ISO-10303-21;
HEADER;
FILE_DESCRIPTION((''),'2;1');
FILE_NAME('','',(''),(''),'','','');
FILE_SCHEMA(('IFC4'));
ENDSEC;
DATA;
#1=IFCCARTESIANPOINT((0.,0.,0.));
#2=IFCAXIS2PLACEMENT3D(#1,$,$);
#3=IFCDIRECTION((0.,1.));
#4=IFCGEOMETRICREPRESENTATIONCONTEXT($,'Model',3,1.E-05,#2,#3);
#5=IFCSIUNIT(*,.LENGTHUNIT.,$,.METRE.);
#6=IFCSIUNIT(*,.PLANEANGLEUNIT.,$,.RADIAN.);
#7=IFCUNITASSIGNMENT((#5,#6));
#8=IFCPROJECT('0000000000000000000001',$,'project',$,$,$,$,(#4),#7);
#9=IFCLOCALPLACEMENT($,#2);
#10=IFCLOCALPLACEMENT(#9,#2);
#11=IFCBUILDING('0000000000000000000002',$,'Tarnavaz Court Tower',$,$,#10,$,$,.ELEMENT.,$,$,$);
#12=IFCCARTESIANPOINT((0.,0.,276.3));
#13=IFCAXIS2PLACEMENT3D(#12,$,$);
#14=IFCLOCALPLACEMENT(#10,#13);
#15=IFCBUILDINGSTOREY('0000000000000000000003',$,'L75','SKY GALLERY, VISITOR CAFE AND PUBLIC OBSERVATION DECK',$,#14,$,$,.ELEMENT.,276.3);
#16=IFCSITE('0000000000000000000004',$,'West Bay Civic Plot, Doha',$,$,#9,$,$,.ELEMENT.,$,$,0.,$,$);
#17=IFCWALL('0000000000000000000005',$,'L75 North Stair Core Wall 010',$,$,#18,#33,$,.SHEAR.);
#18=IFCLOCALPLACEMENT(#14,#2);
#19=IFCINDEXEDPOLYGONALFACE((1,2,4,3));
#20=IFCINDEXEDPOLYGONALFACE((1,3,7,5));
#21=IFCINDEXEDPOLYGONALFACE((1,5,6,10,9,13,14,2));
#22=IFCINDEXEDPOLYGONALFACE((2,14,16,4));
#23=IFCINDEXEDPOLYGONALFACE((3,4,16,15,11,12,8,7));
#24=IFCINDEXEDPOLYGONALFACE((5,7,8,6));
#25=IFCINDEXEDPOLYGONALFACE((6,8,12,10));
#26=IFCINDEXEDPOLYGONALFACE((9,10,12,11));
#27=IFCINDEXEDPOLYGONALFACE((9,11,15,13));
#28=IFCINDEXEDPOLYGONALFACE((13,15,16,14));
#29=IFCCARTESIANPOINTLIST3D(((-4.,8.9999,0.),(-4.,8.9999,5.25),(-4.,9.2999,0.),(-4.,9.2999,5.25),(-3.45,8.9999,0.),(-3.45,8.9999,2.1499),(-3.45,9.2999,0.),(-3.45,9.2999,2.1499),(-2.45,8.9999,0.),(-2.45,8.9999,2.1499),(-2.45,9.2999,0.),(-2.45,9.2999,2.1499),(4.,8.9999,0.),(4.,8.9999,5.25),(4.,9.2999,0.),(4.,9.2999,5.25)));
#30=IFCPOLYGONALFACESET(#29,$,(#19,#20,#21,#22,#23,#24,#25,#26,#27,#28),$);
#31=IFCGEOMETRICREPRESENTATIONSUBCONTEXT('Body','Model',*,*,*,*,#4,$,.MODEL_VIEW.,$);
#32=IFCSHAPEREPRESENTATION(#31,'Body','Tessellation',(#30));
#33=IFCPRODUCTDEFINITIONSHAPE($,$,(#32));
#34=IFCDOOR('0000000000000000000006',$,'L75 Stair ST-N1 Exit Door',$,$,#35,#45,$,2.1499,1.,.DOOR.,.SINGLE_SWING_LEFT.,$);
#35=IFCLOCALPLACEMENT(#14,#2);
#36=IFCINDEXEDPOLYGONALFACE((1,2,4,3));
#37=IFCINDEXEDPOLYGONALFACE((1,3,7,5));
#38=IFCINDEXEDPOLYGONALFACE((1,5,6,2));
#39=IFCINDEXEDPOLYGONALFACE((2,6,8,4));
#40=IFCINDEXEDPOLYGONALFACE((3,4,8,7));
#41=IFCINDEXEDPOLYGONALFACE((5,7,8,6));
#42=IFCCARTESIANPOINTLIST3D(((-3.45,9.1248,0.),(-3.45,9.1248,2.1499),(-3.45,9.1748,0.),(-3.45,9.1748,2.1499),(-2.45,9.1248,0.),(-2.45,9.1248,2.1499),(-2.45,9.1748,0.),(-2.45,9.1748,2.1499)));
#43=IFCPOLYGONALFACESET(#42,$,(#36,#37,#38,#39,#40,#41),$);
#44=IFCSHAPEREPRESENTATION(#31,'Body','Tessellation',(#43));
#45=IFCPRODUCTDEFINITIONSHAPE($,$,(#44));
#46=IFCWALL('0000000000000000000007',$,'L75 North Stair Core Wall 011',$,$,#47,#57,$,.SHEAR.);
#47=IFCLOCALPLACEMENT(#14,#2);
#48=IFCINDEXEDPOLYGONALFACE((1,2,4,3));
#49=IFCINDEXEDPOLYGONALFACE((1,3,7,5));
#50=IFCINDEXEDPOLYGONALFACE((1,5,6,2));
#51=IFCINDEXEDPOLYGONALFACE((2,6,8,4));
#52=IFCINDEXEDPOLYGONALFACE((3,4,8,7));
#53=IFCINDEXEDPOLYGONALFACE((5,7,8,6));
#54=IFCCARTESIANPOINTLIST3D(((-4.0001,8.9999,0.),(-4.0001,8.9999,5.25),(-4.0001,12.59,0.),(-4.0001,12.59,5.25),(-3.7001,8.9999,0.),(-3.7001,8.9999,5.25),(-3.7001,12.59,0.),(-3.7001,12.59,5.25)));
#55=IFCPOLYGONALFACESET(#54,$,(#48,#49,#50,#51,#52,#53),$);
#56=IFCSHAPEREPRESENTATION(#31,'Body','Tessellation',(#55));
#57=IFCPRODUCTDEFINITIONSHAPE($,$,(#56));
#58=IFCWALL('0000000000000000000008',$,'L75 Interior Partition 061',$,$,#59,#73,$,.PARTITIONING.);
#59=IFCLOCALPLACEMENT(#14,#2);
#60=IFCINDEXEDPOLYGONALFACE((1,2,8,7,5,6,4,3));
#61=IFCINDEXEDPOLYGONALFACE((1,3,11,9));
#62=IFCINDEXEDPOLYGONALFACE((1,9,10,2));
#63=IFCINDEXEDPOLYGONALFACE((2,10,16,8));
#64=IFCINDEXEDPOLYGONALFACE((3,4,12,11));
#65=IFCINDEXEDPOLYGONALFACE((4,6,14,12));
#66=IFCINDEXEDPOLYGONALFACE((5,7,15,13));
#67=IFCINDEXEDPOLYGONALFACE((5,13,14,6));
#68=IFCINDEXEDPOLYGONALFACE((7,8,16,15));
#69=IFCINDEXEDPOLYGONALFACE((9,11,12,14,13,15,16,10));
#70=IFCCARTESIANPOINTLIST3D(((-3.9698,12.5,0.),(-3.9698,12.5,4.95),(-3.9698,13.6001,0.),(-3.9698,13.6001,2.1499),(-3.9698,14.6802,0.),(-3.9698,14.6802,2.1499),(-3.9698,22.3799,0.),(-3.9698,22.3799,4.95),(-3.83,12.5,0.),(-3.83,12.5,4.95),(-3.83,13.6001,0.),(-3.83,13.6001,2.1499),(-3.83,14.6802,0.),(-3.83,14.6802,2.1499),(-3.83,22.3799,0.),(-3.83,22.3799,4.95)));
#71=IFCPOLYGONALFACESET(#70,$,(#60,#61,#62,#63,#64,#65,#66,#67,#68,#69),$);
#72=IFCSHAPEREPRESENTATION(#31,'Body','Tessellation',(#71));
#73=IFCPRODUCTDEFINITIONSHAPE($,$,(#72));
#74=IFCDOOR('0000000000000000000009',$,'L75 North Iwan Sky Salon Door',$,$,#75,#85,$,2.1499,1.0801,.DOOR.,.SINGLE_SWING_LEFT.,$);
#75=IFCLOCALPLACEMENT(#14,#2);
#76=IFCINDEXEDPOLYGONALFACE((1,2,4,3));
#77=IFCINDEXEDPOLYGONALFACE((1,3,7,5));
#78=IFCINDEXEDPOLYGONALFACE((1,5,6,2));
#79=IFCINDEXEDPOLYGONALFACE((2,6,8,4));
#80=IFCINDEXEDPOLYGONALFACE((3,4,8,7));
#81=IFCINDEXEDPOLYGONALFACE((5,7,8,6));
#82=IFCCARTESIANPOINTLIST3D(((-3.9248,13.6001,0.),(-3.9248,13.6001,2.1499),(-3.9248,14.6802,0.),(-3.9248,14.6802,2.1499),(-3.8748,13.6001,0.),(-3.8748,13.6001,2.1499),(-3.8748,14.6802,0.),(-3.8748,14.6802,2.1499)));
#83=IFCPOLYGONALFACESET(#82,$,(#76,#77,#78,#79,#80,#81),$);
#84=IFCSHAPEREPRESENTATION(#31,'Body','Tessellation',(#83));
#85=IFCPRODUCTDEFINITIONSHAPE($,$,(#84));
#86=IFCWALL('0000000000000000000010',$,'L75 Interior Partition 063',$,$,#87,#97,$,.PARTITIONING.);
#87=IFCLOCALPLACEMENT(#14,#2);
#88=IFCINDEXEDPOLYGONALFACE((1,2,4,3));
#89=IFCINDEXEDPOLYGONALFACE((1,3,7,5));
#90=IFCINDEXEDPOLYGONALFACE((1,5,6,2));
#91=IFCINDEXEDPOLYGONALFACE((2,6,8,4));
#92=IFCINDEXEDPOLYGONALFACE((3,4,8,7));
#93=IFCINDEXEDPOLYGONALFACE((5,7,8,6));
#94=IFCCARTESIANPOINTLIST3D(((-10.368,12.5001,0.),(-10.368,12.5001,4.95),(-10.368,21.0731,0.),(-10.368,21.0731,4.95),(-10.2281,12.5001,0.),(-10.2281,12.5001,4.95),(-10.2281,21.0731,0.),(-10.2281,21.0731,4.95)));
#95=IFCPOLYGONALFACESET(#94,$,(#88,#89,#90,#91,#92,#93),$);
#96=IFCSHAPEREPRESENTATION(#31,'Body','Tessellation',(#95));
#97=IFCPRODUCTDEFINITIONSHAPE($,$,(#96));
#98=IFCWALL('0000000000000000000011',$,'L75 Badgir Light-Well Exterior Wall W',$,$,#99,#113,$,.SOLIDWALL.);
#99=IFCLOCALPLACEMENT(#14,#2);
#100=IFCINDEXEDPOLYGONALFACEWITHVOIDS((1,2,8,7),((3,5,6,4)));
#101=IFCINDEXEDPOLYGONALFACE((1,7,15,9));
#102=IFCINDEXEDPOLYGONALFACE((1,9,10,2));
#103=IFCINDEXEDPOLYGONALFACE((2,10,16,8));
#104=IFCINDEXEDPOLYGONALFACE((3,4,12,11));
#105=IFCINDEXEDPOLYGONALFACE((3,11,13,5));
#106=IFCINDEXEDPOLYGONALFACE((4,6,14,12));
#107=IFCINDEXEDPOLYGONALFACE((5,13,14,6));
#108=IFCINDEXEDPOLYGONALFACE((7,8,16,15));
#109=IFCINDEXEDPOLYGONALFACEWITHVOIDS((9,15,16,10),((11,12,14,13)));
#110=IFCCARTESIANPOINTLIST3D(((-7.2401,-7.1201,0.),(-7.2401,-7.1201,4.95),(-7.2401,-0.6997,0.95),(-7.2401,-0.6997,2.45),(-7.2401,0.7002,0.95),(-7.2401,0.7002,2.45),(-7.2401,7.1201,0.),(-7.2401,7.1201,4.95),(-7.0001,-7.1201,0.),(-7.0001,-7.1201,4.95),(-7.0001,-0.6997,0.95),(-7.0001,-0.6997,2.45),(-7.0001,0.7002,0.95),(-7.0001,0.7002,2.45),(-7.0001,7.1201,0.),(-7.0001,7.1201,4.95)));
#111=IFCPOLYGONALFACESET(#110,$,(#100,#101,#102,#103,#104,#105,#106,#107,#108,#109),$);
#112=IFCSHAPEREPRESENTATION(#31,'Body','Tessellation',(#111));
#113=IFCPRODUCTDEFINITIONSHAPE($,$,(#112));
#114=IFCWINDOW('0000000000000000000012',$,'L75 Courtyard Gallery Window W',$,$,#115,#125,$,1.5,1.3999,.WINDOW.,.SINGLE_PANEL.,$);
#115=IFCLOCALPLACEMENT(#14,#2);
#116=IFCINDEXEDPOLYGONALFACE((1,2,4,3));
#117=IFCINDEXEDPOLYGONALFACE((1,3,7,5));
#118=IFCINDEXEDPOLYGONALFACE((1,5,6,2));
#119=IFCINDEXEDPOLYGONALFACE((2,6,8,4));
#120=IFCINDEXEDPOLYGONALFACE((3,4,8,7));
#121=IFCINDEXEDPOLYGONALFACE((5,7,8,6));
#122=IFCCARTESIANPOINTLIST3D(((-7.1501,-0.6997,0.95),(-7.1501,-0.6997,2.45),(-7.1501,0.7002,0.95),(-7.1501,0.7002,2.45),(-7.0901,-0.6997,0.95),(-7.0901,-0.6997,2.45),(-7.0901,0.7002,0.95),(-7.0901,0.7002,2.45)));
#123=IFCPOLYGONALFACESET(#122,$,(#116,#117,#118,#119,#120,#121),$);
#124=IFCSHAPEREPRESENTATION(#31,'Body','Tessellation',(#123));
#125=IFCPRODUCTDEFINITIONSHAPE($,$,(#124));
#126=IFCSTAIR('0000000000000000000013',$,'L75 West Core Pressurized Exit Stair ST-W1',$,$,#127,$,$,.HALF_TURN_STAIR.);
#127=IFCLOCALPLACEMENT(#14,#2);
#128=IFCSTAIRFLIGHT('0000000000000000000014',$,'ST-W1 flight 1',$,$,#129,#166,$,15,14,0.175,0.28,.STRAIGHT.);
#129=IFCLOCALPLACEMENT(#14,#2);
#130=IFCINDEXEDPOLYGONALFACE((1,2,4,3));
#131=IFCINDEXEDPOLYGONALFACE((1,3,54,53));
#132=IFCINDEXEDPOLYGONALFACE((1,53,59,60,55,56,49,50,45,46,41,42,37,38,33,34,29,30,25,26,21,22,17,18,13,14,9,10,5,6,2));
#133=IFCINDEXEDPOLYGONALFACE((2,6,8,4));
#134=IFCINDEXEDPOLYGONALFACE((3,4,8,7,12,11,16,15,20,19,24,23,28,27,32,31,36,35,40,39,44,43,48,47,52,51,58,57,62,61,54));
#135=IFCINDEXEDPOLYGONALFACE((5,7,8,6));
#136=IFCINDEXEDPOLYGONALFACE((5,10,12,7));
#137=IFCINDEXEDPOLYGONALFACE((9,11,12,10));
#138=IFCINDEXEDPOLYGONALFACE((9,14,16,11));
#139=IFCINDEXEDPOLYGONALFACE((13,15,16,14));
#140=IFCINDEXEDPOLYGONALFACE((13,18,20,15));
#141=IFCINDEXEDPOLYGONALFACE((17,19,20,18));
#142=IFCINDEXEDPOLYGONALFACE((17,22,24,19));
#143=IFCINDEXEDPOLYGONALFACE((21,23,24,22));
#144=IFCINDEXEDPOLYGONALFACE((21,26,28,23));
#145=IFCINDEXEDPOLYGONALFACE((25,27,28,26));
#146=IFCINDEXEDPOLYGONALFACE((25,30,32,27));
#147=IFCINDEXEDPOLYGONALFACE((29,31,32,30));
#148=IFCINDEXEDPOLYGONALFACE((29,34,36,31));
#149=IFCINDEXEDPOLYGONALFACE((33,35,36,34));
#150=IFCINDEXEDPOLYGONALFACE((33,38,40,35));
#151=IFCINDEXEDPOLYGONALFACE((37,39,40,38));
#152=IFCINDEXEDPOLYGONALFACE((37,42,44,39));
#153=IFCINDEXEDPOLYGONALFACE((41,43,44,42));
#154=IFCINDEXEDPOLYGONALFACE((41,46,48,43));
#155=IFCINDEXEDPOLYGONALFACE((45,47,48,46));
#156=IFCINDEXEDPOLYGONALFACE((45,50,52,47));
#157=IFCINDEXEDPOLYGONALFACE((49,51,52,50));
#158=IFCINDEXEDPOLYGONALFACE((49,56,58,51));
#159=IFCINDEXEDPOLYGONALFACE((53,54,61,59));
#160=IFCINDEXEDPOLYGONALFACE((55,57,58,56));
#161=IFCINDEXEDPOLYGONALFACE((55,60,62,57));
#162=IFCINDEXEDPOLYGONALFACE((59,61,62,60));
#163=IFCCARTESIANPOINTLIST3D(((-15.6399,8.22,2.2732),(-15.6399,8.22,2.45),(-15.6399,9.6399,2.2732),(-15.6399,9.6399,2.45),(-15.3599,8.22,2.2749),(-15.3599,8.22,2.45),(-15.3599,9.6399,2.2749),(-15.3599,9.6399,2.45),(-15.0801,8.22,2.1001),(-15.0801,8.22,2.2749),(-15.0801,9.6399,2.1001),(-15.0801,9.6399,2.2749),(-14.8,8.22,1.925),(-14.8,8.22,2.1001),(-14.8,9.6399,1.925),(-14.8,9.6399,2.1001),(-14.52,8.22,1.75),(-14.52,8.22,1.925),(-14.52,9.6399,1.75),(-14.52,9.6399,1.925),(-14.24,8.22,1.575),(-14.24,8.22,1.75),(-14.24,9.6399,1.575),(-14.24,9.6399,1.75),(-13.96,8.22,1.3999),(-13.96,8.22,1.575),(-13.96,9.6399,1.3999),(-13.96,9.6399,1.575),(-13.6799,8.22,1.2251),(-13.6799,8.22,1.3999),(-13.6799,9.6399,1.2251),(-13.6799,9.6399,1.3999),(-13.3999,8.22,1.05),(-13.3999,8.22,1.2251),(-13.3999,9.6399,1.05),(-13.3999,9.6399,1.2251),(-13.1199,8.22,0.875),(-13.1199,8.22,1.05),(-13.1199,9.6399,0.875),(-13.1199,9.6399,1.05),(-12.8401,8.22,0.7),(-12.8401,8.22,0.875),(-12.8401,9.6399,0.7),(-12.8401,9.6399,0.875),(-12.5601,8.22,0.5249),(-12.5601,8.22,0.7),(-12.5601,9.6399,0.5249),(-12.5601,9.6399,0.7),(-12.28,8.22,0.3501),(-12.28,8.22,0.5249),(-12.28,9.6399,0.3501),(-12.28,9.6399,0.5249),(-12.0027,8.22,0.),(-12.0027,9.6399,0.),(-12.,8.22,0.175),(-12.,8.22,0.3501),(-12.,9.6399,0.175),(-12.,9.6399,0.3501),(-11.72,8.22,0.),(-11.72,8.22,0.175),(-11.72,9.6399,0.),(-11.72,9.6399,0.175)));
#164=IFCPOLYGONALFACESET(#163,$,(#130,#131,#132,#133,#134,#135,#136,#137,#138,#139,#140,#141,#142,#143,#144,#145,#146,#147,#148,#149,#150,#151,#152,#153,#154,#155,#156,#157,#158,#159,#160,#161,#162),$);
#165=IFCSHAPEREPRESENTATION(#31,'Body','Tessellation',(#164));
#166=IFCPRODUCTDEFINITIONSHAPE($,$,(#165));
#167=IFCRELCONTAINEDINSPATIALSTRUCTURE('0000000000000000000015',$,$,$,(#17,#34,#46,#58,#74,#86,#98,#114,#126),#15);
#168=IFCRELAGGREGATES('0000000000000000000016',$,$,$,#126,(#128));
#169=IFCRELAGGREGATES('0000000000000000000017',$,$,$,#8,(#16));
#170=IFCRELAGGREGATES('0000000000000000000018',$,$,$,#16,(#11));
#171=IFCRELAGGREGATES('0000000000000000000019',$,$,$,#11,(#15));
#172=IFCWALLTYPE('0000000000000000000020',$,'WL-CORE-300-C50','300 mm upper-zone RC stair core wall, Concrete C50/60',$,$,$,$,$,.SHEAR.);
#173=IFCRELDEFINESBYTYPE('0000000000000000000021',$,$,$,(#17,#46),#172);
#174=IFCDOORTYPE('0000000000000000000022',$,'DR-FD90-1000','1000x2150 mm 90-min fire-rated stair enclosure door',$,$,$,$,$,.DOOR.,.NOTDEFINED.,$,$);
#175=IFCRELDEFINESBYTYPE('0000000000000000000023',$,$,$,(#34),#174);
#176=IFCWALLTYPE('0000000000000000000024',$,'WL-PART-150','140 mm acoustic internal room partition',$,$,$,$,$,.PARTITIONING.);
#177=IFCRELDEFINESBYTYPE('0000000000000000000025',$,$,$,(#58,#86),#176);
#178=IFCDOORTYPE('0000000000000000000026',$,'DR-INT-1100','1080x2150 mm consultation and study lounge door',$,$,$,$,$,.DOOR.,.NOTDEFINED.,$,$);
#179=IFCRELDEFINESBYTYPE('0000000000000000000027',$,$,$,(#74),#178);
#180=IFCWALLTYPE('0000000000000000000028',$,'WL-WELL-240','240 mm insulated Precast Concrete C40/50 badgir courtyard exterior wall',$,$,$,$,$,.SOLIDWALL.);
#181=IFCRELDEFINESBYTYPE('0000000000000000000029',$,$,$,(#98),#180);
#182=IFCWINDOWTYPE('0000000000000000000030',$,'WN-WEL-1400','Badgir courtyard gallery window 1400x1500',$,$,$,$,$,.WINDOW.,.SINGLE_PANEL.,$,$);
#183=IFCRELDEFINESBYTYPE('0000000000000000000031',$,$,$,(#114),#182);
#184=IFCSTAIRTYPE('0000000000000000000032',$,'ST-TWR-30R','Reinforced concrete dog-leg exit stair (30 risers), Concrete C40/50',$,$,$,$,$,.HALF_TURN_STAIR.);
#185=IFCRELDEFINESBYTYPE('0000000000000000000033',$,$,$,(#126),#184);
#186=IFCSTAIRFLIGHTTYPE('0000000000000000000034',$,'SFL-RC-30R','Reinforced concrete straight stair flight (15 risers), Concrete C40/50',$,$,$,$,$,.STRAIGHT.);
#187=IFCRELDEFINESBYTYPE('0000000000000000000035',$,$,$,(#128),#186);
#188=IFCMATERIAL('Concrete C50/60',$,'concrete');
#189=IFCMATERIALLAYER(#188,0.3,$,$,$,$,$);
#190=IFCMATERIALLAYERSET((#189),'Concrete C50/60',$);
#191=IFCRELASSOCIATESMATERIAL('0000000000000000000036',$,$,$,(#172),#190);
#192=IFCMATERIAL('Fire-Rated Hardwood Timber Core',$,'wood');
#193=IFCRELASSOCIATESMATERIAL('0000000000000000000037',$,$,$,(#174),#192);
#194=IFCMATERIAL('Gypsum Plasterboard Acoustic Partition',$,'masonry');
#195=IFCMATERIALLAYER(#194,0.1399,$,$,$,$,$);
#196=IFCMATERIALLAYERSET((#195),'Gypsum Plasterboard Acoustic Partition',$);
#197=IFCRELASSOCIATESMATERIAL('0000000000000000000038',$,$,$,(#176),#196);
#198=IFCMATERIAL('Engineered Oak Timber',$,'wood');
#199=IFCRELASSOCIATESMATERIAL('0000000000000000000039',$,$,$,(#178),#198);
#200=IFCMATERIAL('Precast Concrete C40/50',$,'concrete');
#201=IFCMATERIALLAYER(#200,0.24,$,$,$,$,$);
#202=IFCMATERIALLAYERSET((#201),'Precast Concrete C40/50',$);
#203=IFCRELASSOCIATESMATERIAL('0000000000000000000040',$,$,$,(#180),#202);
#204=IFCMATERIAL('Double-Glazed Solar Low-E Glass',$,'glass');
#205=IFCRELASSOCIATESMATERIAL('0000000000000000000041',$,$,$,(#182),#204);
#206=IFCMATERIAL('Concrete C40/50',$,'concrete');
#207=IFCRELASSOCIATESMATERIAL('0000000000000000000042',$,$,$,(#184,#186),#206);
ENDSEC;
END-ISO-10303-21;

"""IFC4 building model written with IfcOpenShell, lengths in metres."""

from ifc_helpers import new_model, si_unit, direction, frame, frame_2d, origin, place, context, subcontext, project, spatial, polyline, rectangle, outline, extrude, material, layer, layer_set, type_object, element, fill, aggregate, save


model = new_model("IFC4")

# Units and contexts
model_context = context("Model", 3, precision=1e-05, world=origin(), true_north=direction((0.0, 1.0)))
body_context = subcontext(model_context, "Body", "Model", "MODEL_VIEW")
ifc_project = project(units=[si_unit("LENGTHUNIT", "METRE"), si_unit("PLANEANGLEUNIT", "RADIAN")], contexts=[model_context])

# Site, building, storey
site_placement = place(None, origin())
site = spatial("IfcSite", under=ifc_project, at=site_placement, Name="West Bay Civic Plot, Doha", CompositionType="ELEMENT", RefElevation=0.0)
building_placement = place(site_placement, origin())
building = spatial("IfcBuilding", under=site, at=building_placement, Name="Tarnavaz Court Tower", CompositionType="ELEMENT")
storey_placement = place(building_placement, frame((0.0, 0.0, 276.3)))
storey = spatial("IfcBuildingStorey", under=building, at=storey_placement, Name="L75", Description="SKY GALLERY, VISITOR CAFE AND PUBLIC OBSERVATION DECK", CompositionType="ELEMENT", Elevation=276.3)

# Shared definitions
ifc_material_1 = material(Name="Concrete C50/60", Category="concrete")

# Shared definitions
ifc_layer_1 = layer(ifc_material_1, 0.3)
ifc_layer_set_1 = layer_set([ifc_layer_1], Name="Concrete C50/60")
wall_type_1 = type_object("IfcWallType", Name="WL-CORE-300-C50", Description="300 mm upper-zone RC stair core wall, Concrete C50/60", PredefinedType="SHEAR", material=ifc_layer_set_1)

# Wall, opening, door
wall_1_placement = place(storey_placement, frame((-4.0, 9.1499, 0.0), z_axis=(0.0, 0.0, 1.0), x_axis=(1.0, 0.0, 0.0)))
wall_1 = element("IfcWall", 1, at=wall_1_placement, inside=storey, type_object=wall_type_1, Name="L75 North Stair Core Wall 010", PredefinedType="SHEAR", context=body_context, shape_type="SweptSolid", body=[
    extrude(rectangle(XDim=8.0, YDim=0.3, at=frame_2d((4.0, 0.0))), origin(), (0.0, 0.0, 1.0), 5.25),
])
opening_1_placement = place(wall_1_placement, frame((0.55, 0.0, 0.0)))
opening_1 = element("IfcOpeningElement", 2, at=opening_1_placement, cuts=wall_1, PredefinedType="OPENING", context=body_context, shape_type="SweptSolid", body=[
    extrude(rectangle(XDim=1.0, YDim=2.1499, at=frame_2d((0.5, 1.075))), frame((0.0, 0.1599, 0.0), z_axis=(0.0, -1.0, 0.0), x_axis=(1.0, 0.0, 0.0)), (0.0, 0.0, 1.0), 0.3201),
])
ifc_material_2 = material(Name="Fire-Rated Hardwood Timber Core", Category="wood")
door_type_1 = type_object("IfcDoorType", Name="DR-FD90-1000", Description="1000x2150 mm 90-min fire-rated stair enclosure door", OperationType="NOTDEFINED", PredefinedType="DOOR", material=ifc_material_2)
door_1_placement = place(opening_1_placement, origin())
door_1 = element("IfcDoor", 3, at=door_1_placement, inside=storey, type_object=door_type_1, Name="L75 Stair ST-N1 Exit Door", OperationType="SINGLE_SWING_LEFT", OverallHeight=2.1499, OverallWidth=1.0, PredefinedType="DOOR", context=body_context, shape_type="SweptSolid", body=[
    extrude(rectangle(XDim=1.0, YDim=2.1499, at=frame_2d((0.5, 1.075))), frame((0.0, 0.0249, 0.0), z_axis=(0.0, -1.0, 0.0), x_axis=(1.0, 0.0, 0.0)), (0.0, 0.0, 1.0), 0.05),
])
fill(opening_1, door_1)

# Wall
wall_2_placement = place(storey_placement, frame((-3.8501, 9.0, 0.0), z_axis=(0.0, 0.0, 1.0), x_axis=(0.0, 1.0, 0.0)))
element("IfcWall", 4, at=wall_2_placement, inside=storey, type_object=wall_type_1, Name="L75 North Stair Core Wall 011", PredefinedType="SHEAR", context=body_context, shape_type="SweptSolid", body=[
    extrude(rectangle(XDim=3.5901, YDim=0.3, at=frame_2d((1.7949, 0.0))), origin(), (0.0, 0.0, 1.0), 5.25),
])

# Wall, opening, door
ifc_material_3 = material(Name="Gypsum Plasterboard Acoustic Partition", Category="masonry")
ifc_layer_2 = layer(ifc_material_3, 0.1399)
ifc_layer_set_2 = layer_set([ifc_layer_2], Name="Gypsum Plasterboard Acoustic Partition")
wall_type_2 = type_object("IfcWallType", Name="WL-PART-150", Description="140 mm acoustic internal room partition", PredefinedType="PARTITIONING", material=ifc_layer_set_2)
wall_3_placement = place(storey_placement, frame((-3.8999, 12.5, 0.0), z_axis=(0.0, 0.0, 1.0), x_axis=(0.0, 1.0, 0.0)))
wall_3 = element("IfcWall", 5, at=wall_3_placement, inside=storey, type_object=wall_type_2, Name="L75 Interior Partition 061", PredefinedType="PARTITIONING", context=body_context, shape_type="SweptSolid", body=[
    extrude(rectangle(XDim=9.8799, YDim=0.1399, at=frame_2d((4.9399, 0.0))), origin(), (0.0, 0.0, 1.0), 4.95),
])
opening_2_placement = place(wall_3_placement, frame((1.1001, 0.0, 0.0)))
opening_2 = element("IfcOpeningElement", 6, at=opening_2_placement, cuts=wall_3, PredefinedType="OPENING", context=body_context, shape_type="SweptSolid", body=[
    extrude(rectangle(XDim=1.0801, YDim=2.1499, at=frame_2d((0.54, 1.075))), frame((0.0, 0.0798, 0.0), z_axis=(0.0, -1.0, 0.0), x_axis=(1.0, 0.0, 0.0)), (0.0, 0.0, 1.0), 0.1599),
])
ifc_material_4 = material(Name="Engineered Oak Timber", Category="wood")
door_type_2 = type_object("IfcDoorType", Name="DR-INT-1100", Description="1080x2150 mm consultation and study lounge door", OperationType="NOTDEFINED", PredefinedType="DOOR", material=ifc_material_4)
door_2_placement = place(opening_2_placement, origin())
door_2 = element("IfcDoor", 7, at=door_2_placement, inside=storey, type_object=door_type_2, Name="L75 North Iwan Sky Salon Door", OperationType="SINGLE_SWING_LEFT", OverallHeight=2.1499, OverallWidth=1.0801, PredefinedType="DOOR", context=body_context, shape_type="SweptSolid", body=[
    extrude(rectangle(XDim=1.0801, YDim=2.1499, at=frame_2d((0.54, 1.075))), frame((0.0, 0.0249, 0.0), z_axis=(0.0, -1.0, 0.0), x_axis=(1.0, 0.0, 0.0)), (0.0, 0.0, 1.0), 0.05),
])
fill(opening_2, door_2)

# Wall
wall_4_placement = place(storey_placement, frame((-10.2981, 12.5, 0.0), z_axis=(0.0, 0.0, 1.0), x_axis=(0.0, 1.0, 0.0)))
element("IfcWall", 8, at=wall_4_placement, inside=storey, type_object=wall_type_2, Name="L75 Interior Partition 063", PredefinedType="PARTITIONING", context=body_context, shape_type="SweptSolid", body=[
    extrude(rectangle(XDim=8.573, YDim=0.1399, at=frame_2d((4.2866, 0.0))), origin(), (0.0, 0.0, 1.0), 4.95),
])

# Wall, opening, window
ifc_material_5 = material(Name="Precast Concrete C40/50", Category="concrete")
ifc_layer_3 = layer(ifc_material_5, 0.24)
ifc_layer_set_3 = layer_set([ifc_layer_3], Name="Precast Concrete C40/50")
wall_type_3 = type_object("IfcWallType", Name="WL-WELL-240", Description="240 mm insulated Precast Concrete C40/50 badgir courtyard exterior wall", PredefinedType="SOLIDWALL", material=ifc_layer_set_3)
wall_5_placement = place(storey_placement, frame((-7.1201, 7.1201, 0.0), z_axis=(0.0, 0.0, 1.0), x_axis=(0.0, -1.0, 0.0)))
wall_5 = element("IfcWall", 9, at=wall_5_placement, inside=storey, type_object=wall_type_3, Name="L75 Badgir Light-Well Exterior Wall W", PredefinedType="SOLIDWALL", context=body_context, shape_type="SweptSolid", body=[
    extrude(rectangle(XDim=14.2402, YDim=0.24, at=frame_2d((7.1201, 0.0))), origin(), (0.0, 0.0, 1.0), 4.95),
])
opening_3_placement = place(wall_5_placement, frame((6.4199, 0.0, 0.95)))
opening_3 = element("IfcOpeningElement", 10, at=opening_3_placement, cuts=wall_5, PredefinedType="OPENING", context=body_context, shape_type="SweptSolid", body=[
    extrude(rectangle(XDim=1.3999, YDim=1.5, at=frame_2d((0.7, 0.75))), frame((0.0, 0.1299, 0.0), z_axis=(0.0, -1.0, 0.0), x_axis=(1.0, 0.0, 0.0)), (0.0, 0.0, 1.0), 0.26),
])
ifc_material_6 = material(Name="Double-Glazed Solar Low-E Glass", Category="glass")
window_type = type_object("IfcWindowType", Name="WN-WEL-1400", Description="Badgir courtyard gallery window 1400x1500", PartitioningType="SINGLE_PANEL", PredefinedType="WINDOW", material=ifc_material_6)
window_placement = place(opening_3_placement, origin())
window = element("IfcWindow", 11, at=window_placement, inside=storey, type_object=window_type, Name="L75 Courtyard Gallery Window W", OverallHeight=1.5, OverallWidth=1.3999, PartitioningType="SINGLE_PANEL", PredefinedType="WINDOW", context=body_context, shape_type="SweptSolid", body=[
    extrude(rectangle(XDim=1.3999, YDim=1.5, at=frame_2d((0.7, 0.75))), frame((0.0, 0.03, 0.0), z_axis=(0.0, -1.0, 0.0), x_axis=(1.0, 0.0, 0.0)), (0.0, 0.0, 1.0), 0.0601),
])
fill(opening_3, window)

# Stair, stair flight
ifc_material_7 = material(Name="Concrete C40/50", Category="concrete")
stair_type = type_object("IfcStairType", Name="ST-TWR-30R", Description="Reinforced concrete dog-leg exit stair (30 risers), Concrete C40/50", PredefinedType="HALF_TURN_STAIR", material=ifc_material_7)
stair_placement = place(storey_placement, origin())
stair = element("IfcStair", 12, at=stair_placement, inside=storey, type_object=stair_type, Name="L75 West Core Pressurized Exit Stair ST-W1", PredefinedType="HALF_TURN_STAIR")
stair_flight_type = type_object("IfcStairFlightType", Name="SFL-RC-30R", Description="Reinforced concrete straight stair flight (15 risers), Concrete C40/50", PredefinedType="STRAIGHT", material=ifc_material_7)
stair_flight_placement = place(storey_placement, frame((-11.72, 8.9299, 0.0), z_axis=(0.0, 0.0, 1.0), x_axis=(-1.0, 0.0, 0.0)))
stair_flight = element("IfcStairFlight", 13, at=stair_flight_placement, type_object=stair_flight_type, Name="ST-W1 flight 1", NumberOfRisers=15, NumberOfTreads=14, PredefinedType="STRAIGHT", RiserHeight=0.175, TreadLength=0.28, context=body_context, shape_type="SweptSolid", body=[
    extrude(outline(polyline([(0.0, 0.0), (0.0, 0.175), (0.28, 0.175), (0.28, 0.3501), (0.5601, 0.3501), (0.5601, 0.5249), (0.8401, 0.5249), (0.8401, 0.7), (1.1201, 0.7), (1.1201, 0.875), (1.3999, 0.875), (1.3999, 1.05), (1.6799, 1.05), (1.6799, 1.2251), (1.96, 1.2251), (1.96, 1.3999), (2.24, 1.3999), (2.24, 1.575), (2.52, 1.575), (2.52, 1.75), (2.8, 1.75), (2.8, 1.925), (3.0801, 1.925), (3.0801, 2.1001), (3.3601, 2.1001), (3.3601, 2.2749), (3.6399, 2.2749), (3.6399, 2.45), (3.9199, 2.45), (3.9199, 2.625), (3.9199, 2.2732), (0.2827, 0.0), (0.0, 0.0)])), frame((0.0, 0.71, 0.0), z_axis=(0.0, -1.0, 0.0), x_axis=(1.0, 0.0, 0.0)), (0.0, 0.0, 1.0), 1.4199),
])
aggregate(stair, [stair_flight])

save(model, "model.ifc")
